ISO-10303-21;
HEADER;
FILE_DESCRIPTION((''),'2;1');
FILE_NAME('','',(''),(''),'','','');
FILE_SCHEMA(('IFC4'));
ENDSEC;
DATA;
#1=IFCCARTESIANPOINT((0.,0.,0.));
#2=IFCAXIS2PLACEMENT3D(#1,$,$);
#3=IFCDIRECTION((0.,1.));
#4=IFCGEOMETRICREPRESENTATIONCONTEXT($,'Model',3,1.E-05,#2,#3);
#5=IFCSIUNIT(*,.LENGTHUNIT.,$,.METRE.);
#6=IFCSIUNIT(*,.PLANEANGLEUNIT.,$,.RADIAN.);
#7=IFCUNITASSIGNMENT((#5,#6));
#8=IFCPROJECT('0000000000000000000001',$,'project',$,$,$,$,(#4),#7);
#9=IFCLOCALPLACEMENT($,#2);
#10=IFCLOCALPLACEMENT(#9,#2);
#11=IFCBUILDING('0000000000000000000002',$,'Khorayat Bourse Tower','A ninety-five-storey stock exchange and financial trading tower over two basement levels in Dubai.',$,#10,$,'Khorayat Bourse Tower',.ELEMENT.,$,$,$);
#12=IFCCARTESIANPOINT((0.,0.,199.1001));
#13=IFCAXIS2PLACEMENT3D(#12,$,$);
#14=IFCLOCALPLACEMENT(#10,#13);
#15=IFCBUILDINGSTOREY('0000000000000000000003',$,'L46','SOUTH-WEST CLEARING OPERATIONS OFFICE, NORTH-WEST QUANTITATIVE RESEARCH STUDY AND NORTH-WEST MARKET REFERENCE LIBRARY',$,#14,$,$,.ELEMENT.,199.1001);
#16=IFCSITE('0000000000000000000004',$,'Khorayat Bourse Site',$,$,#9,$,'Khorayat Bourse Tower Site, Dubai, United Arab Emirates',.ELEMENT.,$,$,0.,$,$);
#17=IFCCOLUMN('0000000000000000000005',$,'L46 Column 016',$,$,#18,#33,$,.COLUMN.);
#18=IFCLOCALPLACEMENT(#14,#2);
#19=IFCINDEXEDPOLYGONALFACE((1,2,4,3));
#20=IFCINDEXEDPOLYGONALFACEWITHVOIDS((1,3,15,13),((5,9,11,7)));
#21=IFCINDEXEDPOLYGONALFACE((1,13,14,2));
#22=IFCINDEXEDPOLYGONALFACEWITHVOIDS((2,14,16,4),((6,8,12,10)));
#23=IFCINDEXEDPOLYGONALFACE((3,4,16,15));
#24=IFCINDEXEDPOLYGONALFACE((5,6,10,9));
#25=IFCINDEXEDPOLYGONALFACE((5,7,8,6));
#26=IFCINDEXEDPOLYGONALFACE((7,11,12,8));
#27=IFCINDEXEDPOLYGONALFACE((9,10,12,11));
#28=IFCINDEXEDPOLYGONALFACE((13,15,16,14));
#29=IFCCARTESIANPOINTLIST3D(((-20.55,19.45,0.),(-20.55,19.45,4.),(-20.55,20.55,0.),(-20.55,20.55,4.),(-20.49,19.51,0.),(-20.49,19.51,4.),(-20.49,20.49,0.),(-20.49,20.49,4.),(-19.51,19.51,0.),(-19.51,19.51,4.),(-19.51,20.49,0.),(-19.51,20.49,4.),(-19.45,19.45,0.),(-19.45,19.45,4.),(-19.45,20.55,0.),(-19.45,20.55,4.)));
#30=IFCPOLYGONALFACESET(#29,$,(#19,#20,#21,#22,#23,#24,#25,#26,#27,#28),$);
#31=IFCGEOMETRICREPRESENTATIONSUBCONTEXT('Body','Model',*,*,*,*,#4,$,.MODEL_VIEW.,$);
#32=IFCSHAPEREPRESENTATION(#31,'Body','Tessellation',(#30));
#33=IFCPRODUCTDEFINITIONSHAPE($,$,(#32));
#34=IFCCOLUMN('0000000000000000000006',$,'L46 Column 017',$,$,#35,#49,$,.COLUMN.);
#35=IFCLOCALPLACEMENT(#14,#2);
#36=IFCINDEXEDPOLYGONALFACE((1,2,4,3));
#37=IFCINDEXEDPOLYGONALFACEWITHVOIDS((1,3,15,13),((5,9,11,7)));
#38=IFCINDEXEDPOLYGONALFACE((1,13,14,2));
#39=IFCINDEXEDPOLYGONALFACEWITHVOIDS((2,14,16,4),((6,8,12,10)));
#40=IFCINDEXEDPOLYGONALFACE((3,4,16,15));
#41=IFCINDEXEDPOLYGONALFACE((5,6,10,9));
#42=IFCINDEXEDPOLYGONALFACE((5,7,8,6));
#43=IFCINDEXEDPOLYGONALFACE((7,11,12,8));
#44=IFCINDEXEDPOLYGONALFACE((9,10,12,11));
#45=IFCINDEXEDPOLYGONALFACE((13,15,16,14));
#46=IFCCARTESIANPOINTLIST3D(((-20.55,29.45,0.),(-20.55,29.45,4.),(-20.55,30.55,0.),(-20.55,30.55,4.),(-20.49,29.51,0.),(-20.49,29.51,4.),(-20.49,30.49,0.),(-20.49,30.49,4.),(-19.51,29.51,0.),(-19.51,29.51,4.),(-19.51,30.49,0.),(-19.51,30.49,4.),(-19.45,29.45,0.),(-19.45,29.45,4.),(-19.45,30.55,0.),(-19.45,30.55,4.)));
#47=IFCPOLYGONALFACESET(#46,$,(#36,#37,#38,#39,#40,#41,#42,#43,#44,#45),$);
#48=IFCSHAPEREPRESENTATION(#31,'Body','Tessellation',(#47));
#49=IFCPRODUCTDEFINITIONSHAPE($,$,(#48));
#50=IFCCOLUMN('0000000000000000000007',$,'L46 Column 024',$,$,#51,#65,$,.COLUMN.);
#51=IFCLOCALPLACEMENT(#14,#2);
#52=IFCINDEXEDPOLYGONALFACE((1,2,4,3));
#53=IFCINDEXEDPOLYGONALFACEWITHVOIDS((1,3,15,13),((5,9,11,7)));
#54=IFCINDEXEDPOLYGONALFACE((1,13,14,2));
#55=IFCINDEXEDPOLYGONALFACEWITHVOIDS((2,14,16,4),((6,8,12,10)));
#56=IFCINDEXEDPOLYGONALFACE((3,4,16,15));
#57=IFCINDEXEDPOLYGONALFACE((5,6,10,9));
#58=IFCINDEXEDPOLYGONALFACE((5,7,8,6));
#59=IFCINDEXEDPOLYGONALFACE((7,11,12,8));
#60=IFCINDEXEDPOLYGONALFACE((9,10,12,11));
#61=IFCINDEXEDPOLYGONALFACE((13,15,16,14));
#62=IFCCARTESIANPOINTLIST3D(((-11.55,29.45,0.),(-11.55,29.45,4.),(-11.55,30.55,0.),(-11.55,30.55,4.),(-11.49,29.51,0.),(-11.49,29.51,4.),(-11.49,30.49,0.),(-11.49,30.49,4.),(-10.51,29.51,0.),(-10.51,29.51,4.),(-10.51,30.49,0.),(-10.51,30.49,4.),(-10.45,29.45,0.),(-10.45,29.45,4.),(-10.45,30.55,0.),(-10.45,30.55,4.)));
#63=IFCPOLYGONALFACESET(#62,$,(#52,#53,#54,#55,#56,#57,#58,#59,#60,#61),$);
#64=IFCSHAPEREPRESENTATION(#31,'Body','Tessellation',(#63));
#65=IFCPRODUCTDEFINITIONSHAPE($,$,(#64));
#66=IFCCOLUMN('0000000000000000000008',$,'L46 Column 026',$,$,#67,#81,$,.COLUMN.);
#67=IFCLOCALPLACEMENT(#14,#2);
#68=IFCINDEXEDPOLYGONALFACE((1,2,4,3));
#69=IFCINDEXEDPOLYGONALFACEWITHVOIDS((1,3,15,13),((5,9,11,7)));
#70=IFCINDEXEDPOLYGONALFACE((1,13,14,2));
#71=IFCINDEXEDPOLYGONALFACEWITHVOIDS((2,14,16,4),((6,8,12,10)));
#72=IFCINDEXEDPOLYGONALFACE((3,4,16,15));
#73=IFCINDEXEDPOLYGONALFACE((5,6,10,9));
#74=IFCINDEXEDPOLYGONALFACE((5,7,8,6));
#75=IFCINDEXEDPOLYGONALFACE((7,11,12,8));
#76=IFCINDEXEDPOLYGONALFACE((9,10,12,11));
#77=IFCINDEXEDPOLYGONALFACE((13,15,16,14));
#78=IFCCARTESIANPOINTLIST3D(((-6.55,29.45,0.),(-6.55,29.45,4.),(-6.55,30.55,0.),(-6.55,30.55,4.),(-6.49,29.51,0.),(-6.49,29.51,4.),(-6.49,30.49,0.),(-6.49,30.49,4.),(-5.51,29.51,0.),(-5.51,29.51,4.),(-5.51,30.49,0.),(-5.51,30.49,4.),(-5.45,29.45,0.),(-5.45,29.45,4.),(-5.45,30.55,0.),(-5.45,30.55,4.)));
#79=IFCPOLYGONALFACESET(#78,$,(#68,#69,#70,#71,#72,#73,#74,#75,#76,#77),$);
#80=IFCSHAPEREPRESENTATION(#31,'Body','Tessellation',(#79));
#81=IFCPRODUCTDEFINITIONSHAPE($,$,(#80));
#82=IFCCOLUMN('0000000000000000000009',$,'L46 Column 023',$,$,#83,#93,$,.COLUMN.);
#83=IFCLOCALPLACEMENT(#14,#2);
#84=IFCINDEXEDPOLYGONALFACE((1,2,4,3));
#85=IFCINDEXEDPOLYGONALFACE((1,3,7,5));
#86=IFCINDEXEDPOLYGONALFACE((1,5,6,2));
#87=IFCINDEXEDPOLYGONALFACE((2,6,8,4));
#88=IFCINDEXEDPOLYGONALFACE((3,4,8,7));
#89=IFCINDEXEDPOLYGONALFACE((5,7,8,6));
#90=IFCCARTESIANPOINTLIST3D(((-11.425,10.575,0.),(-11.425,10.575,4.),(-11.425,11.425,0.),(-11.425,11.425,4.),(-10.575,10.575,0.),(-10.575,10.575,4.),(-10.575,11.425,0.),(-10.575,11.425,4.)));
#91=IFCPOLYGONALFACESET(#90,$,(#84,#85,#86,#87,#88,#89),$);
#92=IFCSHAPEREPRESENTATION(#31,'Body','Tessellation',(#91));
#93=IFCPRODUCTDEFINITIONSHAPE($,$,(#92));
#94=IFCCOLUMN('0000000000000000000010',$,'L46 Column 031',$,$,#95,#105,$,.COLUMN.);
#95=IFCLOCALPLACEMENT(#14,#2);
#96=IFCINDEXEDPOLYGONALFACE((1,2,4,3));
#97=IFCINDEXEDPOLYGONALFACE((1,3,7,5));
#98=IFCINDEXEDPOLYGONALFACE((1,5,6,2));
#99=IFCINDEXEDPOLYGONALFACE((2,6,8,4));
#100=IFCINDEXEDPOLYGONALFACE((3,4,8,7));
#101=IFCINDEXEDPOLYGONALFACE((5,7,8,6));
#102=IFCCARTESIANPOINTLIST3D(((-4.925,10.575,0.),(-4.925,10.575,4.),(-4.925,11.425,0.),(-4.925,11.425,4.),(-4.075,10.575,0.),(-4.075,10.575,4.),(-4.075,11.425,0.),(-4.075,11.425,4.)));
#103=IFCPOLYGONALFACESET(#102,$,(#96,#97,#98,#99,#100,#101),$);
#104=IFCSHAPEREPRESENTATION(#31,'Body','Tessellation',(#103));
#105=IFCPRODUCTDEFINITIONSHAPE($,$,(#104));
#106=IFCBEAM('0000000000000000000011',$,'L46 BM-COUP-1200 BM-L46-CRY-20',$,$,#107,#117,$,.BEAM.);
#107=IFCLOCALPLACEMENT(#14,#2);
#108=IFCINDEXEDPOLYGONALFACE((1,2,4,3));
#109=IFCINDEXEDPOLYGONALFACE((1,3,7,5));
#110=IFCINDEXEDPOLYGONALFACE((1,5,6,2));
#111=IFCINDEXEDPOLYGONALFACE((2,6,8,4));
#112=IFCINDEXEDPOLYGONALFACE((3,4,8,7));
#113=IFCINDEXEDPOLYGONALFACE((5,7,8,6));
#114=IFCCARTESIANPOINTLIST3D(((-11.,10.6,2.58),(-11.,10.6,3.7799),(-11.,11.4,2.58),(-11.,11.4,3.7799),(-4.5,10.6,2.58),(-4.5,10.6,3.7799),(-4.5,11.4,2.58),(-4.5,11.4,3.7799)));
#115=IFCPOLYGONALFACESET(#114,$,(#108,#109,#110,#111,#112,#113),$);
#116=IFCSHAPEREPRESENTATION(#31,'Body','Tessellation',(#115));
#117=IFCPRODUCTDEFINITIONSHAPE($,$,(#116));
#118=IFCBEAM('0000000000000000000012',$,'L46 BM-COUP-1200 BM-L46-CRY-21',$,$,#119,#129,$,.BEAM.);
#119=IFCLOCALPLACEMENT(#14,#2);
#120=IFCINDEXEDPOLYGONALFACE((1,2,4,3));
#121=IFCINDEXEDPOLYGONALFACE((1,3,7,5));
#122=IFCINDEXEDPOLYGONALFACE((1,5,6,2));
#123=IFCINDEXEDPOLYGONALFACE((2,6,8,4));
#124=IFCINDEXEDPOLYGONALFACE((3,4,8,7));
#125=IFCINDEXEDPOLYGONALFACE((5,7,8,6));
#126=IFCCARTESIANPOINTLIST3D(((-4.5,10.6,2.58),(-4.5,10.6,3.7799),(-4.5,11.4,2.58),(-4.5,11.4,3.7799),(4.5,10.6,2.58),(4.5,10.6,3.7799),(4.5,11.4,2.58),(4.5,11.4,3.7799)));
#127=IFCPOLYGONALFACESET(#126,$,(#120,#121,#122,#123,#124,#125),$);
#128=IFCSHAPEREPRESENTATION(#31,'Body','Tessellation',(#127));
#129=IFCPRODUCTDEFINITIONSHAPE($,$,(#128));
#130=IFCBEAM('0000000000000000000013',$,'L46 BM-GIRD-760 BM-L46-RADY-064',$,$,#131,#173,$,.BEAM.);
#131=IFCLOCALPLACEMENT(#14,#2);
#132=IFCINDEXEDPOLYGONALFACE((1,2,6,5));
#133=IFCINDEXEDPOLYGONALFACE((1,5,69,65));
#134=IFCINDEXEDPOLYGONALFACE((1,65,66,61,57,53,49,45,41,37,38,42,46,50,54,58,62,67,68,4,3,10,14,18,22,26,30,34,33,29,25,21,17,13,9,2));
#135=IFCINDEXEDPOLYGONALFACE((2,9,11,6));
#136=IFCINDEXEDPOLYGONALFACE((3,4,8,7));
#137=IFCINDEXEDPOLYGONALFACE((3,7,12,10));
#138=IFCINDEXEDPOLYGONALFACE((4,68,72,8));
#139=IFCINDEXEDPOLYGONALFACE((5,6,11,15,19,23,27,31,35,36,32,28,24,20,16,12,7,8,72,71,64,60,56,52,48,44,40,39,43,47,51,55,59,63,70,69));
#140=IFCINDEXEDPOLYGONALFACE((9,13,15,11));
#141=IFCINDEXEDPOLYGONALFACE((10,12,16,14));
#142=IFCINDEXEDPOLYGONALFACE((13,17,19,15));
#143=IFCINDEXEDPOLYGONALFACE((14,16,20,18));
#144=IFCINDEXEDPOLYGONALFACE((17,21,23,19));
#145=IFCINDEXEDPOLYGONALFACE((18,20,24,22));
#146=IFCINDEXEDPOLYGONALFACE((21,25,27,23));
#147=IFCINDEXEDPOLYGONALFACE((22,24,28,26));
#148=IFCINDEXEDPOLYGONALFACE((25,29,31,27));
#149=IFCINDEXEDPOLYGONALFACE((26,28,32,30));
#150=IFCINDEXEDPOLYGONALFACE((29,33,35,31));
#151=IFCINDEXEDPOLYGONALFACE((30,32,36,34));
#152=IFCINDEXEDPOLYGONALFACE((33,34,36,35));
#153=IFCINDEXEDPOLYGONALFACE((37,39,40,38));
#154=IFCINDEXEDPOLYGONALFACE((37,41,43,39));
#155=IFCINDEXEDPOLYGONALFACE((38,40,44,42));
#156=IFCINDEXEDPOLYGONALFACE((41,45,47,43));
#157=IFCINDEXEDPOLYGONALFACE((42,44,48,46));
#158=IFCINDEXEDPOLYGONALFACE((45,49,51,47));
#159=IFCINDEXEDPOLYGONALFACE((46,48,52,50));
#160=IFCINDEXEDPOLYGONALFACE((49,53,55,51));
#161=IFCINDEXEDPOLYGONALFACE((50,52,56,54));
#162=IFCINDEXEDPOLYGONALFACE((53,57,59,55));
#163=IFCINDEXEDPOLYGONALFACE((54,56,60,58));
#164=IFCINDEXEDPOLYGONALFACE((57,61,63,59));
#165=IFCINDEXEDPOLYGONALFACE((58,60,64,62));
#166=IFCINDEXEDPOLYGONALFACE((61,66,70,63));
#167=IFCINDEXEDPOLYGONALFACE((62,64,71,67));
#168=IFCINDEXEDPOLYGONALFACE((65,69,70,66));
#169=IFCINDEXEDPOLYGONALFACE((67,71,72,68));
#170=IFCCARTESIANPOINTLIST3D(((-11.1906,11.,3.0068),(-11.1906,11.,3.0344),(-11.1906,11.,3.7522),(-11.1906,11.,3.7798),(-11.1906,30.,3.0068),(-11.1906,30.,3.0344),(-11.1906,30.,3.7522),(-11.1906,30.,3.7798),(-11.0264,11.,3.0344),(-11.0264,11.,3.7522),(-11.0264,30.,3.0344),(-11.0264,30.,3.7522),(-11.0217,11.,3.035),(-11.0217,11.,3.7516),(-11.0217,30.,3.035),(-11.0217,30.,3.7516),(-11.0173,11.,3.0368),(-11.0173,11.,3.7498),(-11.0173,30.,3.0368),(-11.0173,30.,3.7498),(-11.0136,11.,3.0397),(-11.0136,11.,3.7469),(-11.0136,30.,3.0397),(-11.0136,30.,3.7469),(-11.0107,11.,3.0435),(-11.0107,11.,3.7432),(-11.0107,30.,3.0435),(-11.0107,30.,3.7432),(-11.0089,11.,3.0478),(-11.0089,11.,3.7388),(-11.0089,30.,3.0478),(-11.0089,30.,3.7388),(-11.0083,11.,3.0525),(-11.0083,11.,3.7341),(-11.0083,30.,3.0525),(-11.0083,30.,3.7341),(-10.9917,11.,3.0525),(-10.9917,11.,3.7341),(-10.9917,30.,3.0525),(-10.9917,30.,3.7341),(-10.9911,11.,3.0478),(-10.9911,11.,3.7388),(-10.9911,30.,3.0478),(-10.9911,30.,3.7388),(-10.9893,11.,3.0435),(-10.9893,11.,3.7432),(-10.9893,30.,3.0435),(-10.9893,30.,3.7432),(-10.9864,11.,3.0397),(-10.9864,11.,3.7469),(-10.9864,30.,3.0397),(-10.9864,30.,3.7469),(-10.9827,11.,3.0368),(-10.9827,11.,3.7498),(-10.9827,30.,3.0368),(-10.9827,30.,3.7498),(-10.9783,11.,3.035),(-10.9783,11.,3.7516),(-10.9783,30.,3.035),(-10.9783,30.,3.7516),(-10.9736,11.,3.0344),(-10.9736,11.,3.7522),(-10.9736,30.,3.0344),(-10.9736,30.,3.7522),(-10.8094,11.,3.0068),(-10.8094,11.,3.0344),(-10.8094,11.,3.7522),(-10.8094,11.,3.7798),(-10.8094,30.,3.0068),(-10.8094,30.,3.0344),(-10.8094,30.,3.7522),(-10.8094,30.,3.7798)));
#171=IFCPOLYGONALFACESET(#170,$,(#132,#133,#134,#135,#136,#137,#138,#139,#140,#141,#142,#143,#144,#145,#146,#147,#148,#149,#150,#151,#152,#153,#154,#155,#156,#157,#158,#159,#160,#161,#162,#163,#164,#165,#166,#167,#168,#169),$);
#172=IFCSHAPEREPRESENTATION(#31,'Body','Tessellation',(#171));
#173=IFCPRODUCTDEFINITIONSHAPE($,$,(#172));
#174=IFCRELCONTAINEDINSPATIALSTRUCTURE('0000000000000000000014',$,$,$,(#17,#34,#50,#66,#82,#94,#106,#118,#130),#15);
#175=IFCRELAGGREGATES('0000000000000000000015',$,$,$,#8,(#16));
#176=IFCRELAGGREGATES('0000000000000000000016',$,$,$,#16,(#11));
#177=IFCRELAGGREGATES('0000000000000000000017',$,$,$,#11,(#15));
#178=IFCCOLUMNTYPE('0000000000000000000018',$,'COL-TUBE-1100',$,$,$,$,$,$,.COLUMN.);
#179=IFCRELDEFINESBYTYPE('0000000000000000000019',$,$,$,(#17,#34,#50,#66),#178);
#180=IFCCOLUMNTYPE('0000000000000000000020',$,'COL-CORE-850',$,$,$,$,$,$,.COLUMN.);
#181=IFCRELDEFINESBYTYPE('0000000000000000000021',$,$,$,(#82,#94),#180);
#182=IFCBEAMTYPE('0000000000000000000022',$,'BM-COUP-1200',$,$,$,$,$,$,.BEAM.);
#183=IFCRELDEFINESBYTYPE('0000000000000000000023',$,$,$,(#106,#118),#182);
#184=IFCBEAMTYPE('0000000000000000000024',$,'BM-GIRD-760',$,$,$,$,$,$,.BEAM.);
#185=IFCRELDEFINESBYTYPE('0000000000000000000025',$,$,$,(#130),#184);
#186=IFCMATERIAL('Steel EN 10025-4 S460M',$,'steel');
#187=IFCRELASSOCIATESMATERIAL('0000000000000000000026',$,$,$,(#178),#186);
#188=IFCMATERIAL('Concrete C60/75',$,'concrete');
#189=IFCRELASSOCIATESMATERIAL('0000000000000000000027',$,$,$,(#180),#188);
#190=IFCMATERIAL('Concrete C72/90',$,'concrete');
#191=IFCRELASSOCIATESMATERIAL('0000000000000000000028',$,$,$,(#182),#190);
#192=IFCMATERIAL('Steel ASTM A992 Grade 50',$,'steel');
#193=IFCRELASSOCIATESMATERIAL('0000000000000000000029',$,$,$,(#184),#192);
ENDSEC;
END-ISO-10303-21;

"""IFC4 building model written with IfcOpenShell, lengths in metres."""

from ifc_helpers import new_model, si_unit, direction, frame, origin, origin_2d, place, context, subcontext, project, spatial, rectangle, hollow_rectangle, i_section, extrude, source, transform, mapped, material, material_profile, profile_set, type_object, element, save


model = new_model("IFC4")

# Units and contexts
model_context = context("Model", 3, precision=1e-05, world=origin(), true_north=direction((0.0, 1.0)))
body_context = subcontext(model_context, "Body", "Model", "MODEL_VIEW")
ifc_project = project(units=[si_unit("LENGTHUNIT", "METRE"), si_unit("PLANEANGLEUNIT", "RADIAN")], contexts=[model_context])

# Site, building, storey
site_placement = place(None, origin())
site = spatial("IfcSite", under=ifc_project, at=site_placement, Name="Khorayat Bourse Site", LongName="Khorayat Bourse Tower Site, Dubai, United Arab Emirates", CompositionType="ELEMENT", RefElevation=0.0)
building_placement = place(site_placement, origin())
building = spatial("IfcBuilding", under=site, at=building_placement, Name="Khorayat Bourse Tower", Description="A ninety-five-storey stock exchange and financial trading tower over two basement levels in Dubai.", LongName="Khorayat Bourse Tower", CompositionType="ELEMENT")
storey_placement = place(building_placement, frame((0.0, 0.0, 199.1001)))
storey = spatial("IfcBuildingStorey", under=building, at=storey_placement, Name="L46", Description="SOUTH-WEST CLEARING OPERATIONS OFFICE, NORTH-WEST QUANTITATIVE RESEARCH STUDY AND NORTH-WEST MARKET REFERENCE LIBRARY", CompositionType="ELEMENT", Elevation=199.1001)

# Columns
ifc_material_1 = material(Name="Steel EN 10025-4 S460M", Category="steel")
ifc_material_profile_1 = material_profile(ifc_material_1, hollow_rectangle(XDim=1.1001, YDim=1.1001, WallThickness=0.0601, at=origin_2d()), Name="BOX 1100x1100x60")
ifc_profile_set_1 = profile_set([ifc_material_profile_1], Name="Steel EN 10025-4 S460M")
column_type_1 = type_object("IfcColumnType", Name="COL-TUBE-1100", PredefinedType="COLUMN", material=ifc_profile_set_1)
shared_shape_1 = source(origin(), body_context, "Body", "SweptSolid", [
    extrude(hollow_rectangle(XDim=1.1001, YDim=1.1001, WallThickness=0.0601, at=origin_2d()), origin(), (0.0, 0.0, 1.0), 4.0),
])
for number, where, z_axis, x_axis, name in (
    (1, (-20.0, 20.0, 0.0), (0.0, 0.0, 1.0), (1.0, 0.0, 0.0), "L46 Column 016"),
    (2, (-20.0, 30.0, 0.0), (0.0, 0.0, 1.0), (1.0, 0.0, 0.0), "L46 Column 017"),
    (3, (-11.0, 30.0, 0.0), (0.0, 0.0, 1.0), (1.0, 0.0, 0.0), "L46 Column 024"),
    (4, (-6.0, 30.0, 0.0), (0.0, 0.0, 1.0), (1.0, 0.0, 0.0), "L46 Column 026"),
):
    element("IfcColumn", number, at=place(storey_placement, frame(where, z_axis=z_axis, x_axis=x_axis)), inside=storey, type_object=column_type_1, Name=name, PredefinedType="COLUMN", context=body_context, shape_type="MappedRepresentation", body=[
        mapped(shared_shape_1, transform((0.0, 0.0, 0.0), scale=1.0)),
    ])
ifc_material_2 = material(Name="Concrete C60/75", Category="concrete")
ifc_material_profile_2 = material_profile(ifc_material_2, rectangle(XDim=0.8501, YDim=0.8501, at=origin_2d()), Name="RC 850x850")
ifc_profile_set_2 = profile_set([ifc_material_profile_2], Name="Concrete C60/75")
column_type_2 = type_object("IfcColumnType", Name="COL-CORE-850", PredefinedType="COLUMN", material=ifc_profile_set_2)
shared_shape_2 = source(origin(), body_context, "Body", "SweptSolid", [
    extrude(rectangle(XDim=0.8501, YDim=0.8501, at=origin_2d()), origin(), (0.0, 0.0, 1.0), 4.0),
])
for number, where, z_axis, x_axis, name in (
    (5, (-11.0, 11.0, 0.0), (0.0, 0.0, 1.0), (1.0, 0.0, 0.0), "L46 Column 023"),
    (6, (-4.5, 11.0, 0.0), (0.0, 0.0, 1.0), (1.0, 0.0, 0.0), "L46 Column 031"),
):
    element("IfcColumn", number, at=place(storey_placement, frame(where, z_axis=z_axis, x_axis=x_axis)), inside=storey, type_object=column_type_2, Name=name, PredefinedType="COLUMN", context=body_context, shape_type="MappedRepresentation", body=[
        mapped(shared_shape_2, transform((0.0, 0.0, 0.0), scale=1.0)),
    ])

# Beams
ifc_material_3 = material(Name="Concrete C72/90", Category="concrete")
ifc_material_profile_3 = material_profile(ifc_material_3, rectangle(XDim=0.8, YDim=1.2, at=origin_2d()), Name="RC 800x1200")
ifc_profile_set_3 = profile_set([ifc_material_profile_3], Name="Concrete C72/90")
beam_type_1 = type_object("IfcBeamType", Name="BM-COUP-1200", PredefinedType="BEAM", material=ifc_profile_set_3)
shared_shape_3 = source(origin(), body_context, "Body", "SweptSolid", [
    extrude(rectangle(XDim=0.8, YDim=1.2, at=origin_2d()), origin(), (0.0, 0.0, 1.0), 6.5),
])
beam_1_placement = place(storey_placement, frame((-11.0, 11.0, 3.1799), z_axis=(1.0, 0.0, 0.0), x_axis=(0.0, 1.0, 0.0)))
element("IfcBeam", 7, at=beam_1_placement, inside=storey, type_object=beam_type_1, Name="L46 BM-COUP-1200 BM-L46-CRY-20", PredefinedType="BEAM", context=body_context, shape_type="MappedRepresentation", body=[
    mapped(shared_shape_3, transform((0.0, 0.0, 0.0), scale=1.0)),
])
shared_shape_4 = source(origin(), body_context, "Body", "SweptSolid", [
    extrude(rectangle(XDim=0.8, YDim=1.2, at=origin_2d()), origin(), (0.0, 0.0, 1.0), 9.0),
])
beam_2_placement = place(storey_placement, frame((-4.5, 11.0, 3.1799), z_axis=(1.0, 0.0, 0.0), x_axis=(0.0, 1.0, 0.0)))
element("IfcBeam", 8, at=beam_2_placement, inside=storey, type_object=beam_type_1, Name="L46 BM-COUP-1200 BM-L46-CRY-21", PredefinedType="BEAM", context=body_context, shape_type="MappedRepresentation", body=[
    mapped(shared_shape_4, transform((0.0, 0.0, 0.0), scale=1.0)),
])
ifc_material_4 = material(Name="Steel ASTM A992 Grade 50", Category="steel")
ifc_material_profile_4 = material_profile(ifc_material_4, i_section(OverallWidth=0.3811, OverallDepth=0.7729, WebThickness=0.0166, FlangeThickness=0.0276, FilletRadius=0.0181, at=origin_2d()), Name="W760X257")
ifc_profile_set_4 = profile_set([ifc_material_profile_4], Name="Steel ASTM A992 Grade 50")
beam_type_2 = type_object("IfcBeamType", Name="BM-GIRD-760", PredefinedType="BEAM", material=ifc_profile_set_4)
shared_shape_5 = source(origin(), body_context, "Body", "SweptSolid", [
    extrude(i_section(OverallWidth=0.3811, OverallDepth=0.7729, WebThickness=0.0166, FlangeThickness=0.0276, FilletRadius=0.0181, at=origin_2d()), origin(), (0.0, 0.0, 1.0), 19.0),
])
for number, where, z_axis, x_axis, name in (
    (9, (-11.0, 11.0, 3.3933), (0.0, 1.0, 0.0), (-1.0, 0.0, 0.0), "L46 BM-GIRD-760 BM-L46-RADY-064"),
):
    element("IfcBeam", number, at=place(storey_placement, frame(where, z_axis=z_axis, x_axis=x_axis)), inside=storey, type_object=beam_type_2, Name=name, PredefinedType="BEAM", context=body_context, shape_type="MappedRepresentation", body=[
        mapped(shared_shape_5, transform((0.0, 0.0, 0.0), scale=1.0)),
    ])

save(model, "model.ifc")
